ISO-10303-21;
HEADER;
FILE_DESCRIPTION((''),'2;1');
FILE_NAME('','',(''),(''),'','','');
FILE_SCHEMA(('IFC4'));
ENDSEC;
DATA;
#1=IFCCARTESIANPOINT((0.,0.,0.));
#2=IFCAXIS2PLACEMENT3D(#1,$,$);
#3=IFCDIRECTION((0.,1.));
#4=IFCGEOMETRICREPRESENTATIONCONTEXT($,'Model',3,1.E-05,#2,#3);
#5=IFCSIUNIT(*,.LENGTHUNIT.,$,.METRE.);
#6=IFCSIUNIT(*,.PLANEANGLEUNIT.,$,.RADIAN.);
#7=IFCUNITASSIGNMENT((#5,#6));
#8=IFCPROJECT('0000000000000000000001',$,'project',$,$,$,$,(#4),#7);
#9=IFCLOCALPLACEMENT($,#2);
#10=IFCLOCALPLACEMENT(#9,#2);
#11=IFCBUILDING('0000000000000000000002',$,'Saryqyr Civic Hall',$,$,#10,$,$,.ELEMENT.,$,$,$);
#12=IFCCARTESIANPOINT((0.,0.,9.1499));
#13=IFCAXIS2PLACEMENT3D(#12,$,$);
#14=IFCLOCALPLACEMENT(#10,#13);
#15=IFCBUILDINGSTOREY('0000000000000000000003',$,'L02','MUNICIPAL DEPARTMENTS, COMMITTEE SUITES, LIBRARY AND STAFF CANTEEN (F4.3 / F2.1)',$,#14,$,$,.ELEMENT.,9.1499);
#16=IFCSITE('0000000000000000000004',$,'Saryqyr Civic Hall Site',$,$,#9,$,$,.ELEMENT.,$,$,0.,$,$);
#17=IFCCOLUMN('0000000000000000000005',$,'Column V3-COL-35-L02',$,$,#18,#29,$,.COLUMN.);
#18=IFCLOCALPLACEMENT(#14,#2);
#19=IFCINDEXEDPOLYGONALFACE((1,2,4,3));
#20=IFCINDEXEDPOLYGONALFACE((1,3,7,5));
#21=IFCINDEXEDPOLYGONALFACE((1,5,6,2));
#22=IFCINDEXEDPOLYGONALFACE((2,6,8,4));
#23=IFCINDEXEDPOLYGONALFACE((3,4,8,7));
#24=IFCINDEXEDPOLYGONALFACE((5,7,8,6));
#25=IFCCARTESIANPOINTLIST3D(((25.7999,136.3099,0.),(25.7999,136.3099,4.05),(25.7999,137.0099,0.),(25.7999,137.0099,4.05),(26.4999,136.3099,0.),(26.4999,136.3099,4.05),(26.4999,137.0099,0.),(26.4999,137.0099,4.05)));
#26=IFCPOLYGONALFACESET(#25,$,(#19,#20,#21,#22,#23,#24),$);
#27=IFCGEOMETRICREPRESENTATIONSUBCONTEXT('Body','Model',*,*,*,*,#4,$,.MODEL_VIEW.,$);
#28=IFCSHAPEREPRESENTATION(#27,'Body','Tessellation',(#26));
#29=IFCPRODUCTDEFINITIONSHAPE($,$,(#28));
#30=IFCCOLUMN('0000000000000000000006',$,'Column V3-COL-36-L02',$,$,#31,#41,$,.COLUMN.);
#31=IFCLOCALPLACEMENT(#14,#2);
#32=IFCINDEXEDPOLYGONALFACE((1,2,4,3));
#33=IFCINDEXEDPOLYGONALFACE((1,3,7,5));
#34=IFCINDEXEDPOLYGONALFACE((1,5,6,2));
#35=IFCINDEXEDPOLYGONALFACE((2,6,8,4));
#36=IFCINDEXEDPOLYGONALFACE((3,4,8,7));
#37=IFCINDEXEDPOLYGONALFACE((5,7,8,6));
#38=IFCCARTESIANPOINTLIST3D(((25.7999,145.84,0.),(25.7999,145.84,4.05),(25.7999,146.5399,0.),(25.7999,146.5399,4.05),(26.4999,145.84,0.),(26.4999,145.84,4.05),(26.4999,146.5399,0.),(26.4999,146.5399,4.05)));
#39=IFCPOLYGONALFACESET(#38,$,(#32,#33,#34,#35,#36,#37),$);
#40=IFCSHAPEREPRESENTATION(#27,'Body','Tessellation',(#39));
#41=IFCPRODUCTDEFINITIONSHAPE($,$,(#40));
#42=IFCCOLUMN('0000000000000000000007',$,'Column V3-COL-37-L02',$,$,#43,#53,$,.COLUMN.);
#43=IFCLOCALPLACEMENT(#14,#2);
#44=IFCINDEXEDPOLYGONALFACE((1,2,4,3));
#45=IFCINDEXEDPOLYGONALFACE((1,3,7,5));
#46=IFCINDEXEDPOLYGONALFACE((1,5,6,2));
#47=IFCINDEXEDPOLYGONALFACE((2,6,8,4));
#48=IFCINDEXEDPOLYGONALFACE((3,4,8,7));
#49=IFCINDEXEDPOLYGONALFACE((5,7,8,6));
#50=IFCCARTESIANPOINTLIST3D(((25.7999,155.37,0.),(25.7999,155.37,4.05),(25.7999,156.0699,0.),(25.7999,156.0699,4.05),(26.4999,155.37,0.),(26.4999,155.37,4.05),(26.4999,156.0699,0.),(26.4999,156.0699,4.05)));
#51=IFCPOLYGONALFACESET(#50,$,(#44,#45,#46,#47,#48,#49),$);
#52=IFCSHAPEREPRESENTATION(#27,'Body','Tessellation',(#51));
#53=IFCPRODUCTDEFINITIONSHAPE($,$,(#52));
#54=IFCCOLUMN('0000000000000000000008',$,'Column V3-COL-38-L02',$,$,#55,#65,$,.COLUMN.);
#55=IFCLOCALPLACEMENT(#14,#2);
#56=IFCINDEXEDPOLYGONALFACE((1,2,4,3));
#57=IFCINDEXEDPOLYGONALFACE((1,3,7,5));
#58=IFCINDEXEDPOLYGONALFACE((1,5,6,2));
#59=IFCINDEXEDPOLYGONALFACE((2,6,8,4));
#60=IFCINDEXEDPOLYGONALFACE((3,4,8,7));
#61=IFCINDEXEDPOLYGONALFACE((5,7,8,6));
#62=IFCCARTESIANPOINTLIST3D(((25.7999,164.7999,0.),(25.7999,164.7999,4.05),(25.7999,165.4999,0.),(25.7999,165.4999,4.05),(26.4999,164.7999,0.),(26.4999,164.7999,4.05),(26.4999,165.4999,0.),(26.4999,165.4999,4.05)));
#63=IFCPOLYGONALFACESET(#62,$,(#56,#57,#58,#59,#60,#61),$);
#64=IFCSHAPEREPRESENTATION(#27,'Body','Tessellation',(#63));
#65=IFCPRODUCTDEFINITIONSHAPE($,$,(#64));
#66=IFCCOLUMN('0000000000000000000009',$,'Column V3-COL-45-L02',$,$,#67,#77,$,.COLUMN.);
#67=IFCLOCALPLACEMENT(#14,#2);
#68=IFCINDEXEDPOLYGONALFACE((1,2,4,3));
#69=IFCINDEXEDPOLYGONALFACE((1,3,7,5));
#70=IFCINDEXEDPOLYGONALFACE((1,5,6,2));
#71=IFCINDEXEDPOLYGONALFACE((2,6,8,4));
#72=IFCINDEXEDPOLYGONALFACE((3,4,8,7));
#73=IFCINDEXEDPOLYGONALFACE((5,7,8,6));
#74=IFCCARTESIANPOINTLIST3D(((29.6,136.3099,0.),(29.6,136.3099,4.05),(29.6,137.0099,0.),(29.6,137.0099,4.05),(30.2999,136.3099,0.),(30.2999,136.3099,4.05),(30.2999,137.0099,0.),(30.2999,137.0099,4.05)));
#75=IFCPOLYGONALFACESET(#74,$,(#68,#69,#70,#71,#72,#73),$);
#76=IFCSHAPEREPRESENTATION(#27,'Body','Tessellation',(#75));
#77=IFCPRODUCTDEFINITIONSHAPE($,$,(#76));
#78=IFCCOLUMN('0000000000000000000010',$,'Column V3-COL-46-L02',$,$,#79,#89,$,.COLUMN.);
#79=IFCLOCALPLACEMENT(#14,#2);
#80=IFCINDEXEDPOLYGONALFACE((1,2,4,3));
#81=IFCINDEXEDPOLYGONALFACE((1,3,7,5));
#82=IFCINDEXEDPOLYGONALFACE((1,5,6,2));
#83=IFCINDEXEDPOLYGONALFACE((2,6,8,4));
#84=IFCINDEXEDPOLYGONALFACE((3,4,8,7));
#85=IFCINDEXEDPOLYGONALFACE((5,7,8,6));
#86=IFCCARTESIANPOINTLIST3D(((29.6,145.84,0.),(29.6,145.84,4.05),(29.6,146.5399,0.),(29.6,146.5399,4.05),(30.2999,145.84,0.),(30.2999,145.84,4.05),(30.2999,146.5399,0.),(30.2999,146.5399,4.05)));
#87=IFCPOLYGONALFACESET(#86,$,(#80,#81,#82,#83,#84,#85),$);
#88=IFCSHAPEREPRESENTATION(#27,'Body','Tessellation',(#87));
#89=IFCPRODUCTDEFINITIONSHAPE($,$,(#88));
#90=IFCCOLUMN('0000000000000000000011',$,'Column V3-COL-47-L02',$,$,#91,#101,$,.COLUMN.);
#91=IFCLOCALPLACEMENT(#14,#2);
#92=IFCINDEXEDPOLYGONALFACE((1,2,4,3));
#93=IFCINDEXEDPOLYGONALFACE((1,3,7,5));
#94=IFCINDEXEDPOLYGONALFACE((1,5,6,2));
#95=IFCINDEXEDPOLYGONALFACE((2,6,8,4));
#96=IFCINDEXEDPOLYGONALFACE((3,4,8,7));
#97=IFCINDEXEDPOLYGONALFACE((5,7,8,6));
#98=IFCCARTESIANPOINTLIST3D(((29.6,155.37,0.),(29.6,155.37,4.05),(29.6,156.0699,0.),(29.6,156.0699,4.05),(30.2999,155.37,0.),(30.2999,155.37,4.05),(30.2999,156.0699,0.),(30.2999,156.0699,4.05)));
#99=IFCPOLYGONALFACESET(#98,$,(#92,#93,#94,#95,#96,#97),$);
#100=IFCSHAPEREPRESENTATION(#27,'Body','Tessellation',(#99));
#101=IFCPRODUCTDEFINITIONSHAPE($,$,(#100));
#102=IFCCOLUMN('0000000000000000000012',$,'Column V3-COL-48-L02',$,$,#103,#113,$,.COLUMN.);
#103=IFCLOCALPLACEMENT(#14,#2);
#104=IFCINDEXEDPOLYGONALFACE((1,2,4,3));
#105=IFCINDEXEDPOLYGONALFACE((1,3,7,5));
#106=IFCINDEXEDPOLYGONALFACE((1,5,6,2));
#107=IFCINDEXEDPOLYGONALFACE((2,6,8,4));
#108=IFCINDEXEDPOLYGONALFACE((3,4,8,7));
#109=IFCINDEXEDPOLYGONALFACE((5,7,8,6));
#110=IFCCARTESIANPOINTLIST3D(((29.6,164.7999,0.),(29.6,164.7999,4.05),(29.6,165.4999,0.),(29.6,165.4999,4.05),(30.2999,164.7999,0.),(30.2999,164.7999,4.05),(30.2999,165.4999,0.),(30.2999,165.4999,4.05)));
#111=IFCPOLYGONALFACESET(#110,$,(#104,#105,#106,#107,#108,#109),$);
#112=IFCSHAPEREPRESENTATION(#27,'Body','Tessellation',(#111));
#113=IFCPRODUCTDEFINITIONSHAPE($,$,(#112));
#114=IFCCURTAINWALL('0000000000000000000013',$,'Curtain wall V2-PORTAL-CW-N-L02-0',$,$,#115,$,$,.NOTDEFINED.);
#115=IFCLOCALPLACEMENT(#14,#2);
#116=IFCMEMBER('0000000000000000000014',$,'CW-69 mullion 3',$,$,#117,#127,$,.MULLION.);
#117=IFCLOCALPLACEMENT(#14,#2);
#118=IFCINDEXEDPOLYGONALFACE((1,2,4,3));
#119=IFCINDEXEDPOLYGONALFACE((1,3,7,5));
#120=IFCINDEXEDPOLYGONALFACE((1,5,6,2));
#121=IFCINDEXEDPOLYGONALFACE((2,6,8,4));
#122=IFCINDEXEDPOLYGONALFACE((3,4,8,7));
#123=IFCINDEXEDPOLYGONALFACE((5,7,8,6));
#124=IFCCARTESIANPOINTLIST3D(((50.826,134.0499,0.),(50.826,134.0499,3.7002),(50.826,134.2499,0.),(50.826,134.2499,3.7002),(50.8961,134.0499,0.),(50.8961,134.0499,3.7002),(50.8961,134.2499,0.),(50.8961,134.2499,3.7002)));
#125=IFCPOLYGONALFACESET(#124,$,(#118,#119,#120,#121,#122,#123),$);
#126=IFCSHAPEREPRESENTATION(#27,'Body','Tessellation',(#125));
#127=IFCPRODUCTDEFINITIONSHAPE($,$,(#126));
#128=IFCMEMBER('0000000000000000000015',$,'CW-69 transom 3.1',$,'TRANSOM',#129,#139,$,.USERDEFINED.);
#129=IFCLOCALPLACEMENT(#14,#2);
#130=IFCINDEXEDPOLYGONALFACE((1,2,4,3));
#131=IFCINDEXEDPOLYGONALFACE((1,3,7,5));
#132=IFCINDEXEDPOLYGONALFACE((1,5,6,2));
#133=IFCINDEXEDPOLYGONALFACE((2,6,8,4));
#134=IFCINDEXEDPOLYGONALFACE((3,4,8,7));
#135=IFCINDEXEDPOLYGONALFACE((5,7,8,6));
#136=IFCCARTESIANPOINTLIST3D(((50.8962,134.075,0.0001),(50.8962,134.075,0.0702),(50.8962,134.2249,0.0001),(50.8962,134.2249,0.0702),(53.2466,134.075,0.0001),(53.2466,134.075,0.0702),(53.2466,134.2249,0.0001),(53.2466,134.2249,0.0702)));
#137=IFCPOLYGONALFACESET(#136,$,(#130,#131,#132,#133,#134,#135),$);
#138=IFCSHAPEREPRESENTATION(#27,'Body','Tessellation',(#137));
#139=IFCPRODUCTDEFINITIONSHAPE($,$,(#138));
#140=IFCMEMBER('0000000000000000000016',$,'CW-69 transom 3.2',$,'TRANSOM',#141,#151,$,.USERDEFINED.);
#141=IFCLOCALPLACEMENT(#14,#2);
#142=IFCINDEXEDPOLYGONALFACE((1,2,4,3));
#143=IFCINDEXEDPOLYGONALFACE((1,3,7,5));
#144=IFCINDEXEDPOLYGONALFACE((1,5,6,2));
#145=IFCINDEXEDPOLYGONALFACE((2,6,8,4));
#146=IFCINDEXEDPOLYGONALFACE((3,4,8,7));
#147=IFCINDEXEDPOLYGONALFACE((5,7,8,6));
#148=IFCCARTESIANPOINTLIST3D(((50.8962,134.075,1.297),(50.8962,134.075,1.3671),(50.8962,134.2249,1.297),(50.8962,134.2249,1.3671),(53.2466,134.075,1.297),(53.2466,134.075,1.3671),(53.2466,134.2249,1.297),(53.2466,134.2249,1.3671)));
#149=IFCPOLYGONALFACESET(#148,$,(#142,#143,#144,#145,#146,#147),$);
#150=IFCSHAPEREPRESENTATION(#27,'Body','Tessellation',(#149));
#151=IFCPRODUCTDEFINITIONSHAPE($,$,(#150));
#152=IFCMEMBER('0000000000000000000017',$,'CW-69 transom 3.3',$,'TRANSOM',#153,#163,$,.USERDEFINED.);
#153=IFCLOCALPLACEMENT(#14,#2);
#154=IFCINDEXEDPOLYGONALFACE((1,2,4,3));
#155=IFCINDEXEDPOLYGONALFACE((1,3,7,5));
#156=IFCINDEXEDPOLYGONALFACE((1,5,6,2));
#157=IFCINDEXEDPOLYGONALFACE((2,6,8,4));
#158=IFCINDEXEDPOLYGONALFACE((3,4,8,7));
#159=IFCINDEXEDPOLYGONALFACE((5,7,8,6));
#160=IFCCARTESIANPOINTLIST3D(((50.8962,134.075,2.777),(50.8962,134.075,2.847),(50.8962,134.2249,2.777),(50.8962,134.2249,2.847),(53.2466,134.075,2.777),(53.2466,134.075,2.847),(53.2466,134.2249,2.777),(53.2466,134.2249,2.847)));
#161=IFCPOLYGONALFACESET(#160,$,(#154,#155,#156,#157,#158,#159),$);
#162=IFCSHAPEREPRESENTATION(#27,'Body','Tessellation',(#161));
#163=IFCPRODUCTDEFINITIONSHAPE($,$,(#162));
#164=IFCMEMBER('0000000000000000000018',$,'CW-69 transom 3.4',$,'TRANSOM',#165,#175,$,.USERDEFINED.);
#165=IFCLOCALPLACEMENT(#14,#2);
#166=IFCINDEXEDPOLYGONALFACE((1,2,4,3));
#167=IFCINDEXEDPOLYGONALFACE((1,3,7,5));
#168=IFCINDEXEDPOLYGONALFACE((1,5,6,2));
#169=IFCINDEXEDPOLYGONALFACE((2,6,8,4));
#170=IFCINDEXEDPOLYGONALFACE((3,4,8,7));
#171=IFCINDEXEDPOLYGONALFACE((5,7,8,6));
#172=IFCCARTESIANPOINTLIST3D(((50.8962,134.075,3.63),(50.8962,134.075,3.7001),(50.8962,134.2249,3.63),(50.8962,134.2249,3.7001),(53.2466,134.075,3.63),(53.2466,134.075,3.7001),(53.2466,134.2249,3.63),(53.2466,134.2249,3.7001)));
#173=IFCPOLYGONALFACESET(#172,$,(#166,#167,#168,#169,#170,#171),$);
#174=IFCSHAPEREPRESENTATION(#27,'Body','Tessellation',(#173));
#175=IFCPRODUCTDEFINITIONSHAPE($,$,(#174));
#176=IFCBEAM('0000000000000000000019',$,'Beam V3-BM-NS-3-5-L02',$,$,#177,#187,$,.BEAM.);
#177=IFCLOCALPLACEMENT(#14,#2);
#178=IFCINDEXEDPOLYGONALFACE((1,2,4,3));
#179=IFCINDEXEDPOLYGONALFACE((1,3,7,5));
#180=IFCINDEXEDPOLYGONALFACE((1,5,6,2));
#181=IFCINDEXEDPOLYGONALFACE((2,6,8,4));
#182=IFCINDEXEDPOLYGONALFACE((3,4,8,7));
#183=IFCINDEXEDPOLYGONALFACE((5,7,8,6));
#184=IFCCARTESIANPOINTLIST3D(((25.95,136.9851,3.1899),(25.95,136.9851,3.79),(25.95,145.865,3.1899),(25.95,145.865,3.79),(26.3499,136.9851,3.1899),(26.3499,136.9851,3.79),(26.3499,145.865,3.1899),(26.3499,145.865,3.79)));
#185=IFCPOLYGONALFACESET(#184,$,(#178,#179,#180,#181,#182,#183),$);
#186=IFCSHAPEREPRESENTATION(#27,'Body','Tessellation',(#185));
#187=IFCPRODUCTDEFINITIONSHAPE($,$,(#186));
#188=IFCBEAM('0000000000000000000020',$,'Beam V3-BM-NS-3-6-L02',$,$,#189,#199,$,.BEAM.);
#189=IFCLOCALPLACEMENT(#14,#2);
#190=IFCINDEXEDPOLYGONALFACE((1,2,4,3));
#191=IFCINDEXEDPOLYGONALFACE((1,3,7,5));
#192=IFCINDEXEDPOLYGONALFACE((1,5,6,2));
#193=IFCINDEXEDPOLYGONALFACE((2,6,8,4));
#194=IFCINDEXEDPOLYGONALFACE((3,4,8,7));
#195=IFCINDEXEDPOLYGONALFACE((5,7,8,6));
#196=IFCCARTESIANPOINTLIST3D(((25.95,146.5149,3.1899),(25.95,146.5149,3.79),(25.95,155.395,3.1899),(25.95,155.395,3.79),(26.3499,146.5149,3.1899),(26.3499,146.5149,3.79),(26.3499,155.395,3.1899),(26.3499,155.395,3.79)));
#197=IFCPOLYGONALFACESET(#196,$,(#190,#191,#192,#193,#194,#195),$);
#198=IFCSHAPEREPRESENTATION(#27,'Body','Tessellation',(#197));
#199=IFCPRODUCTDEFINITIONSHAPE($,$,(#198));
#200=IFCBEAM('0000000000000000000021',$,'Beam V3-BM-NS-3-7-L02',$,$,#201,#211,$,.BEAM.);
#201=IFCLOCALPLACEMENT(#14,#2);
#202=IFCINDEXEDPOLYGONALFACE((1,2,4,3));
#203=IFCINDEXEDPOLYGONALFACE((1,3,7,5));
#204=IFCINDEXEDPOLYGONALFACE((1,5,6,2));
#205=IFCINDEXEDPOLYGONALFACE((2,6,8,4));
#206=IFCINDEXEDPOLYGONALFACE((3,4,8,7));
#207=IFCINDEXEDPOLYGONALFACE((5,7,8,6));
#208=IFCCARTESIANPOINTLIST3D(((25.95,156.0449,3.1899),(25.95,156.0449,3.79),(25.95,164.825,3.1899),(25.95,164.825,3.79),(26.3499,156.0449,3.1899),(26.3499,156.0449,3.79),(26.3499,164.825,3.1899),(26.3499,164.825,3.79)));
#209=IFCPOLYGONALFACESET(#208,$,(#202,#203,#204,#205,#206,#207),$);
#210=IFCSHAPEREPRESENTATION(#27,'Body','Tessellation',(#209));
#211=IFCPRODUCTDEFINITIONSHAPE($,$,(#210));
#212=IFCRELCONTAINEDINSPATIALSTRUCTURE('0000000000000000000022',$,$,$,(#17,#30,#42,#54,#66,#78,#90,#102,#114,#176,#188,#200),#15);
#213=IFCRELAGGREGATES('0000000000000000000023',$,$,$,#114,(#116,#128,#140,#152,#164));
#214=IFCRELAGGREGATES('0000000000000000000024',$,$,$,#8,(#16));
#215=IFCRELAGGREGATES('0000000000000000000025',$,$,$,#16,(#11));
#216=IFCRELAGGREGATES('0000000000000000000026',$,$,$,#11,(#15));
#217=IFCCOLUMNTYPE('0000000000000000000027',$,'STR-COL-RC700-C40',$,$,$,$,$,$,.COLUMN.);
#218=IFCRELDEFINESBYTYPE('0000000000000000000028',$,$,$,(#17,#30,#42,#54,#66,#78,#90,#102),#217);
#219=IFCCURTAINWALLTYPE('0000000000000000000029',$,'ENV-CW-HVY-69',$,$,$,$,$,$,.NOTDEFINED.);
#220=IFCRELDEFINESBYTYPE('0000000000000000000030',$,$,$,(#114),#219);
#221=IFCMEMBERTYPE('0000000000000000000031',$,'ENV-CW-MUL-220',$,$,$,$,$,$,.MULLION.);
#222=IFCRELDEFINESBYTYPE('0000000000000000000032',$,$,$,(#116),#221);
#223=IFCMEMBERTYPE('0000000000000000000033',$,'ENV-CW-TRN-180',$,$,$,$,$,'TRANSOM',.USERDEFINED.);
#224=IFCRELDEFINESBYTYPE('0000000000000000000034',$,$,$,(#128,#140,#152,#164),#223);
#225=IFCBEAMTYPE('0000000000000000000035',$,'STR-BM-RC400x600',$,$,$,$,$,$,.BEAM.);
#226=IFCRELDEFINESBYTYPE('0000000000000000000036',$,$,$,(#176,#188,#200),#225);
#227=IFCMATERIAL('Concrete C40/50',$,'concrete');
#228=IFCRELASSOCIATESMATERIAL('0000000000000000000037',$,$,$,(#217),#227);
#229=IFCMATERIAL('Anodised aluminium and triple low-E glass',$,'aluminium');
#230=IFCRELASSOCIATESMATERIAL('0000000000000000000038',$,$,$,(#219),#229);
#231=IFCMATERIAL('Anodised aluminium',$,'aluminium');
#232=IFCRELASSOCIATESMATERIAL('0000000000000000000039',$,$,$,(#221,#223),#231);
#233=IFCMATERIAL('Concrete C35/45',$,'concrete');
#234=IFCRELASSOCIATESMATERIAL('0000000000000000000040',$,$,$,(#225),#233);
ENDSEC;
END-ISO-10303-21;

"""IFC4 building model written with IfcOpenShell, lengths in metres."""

from ifc_helpers import new_model, si_unit, direction, frame, origin, origin_2d, place, context, subcontext, project, spatial, rectangle, extrude, material, material_profile, profile_set, type_object, element, aggregate, save


model = new_model("IFC4")

# Units and contexts
model_context = context("Model", 3, precision=1e-05, world=origin(), true_north=direction((0.0, 1.0)))
body_context = subcontext(model_context, "Body", "Model", "MODEL_VIEW")
ifc_project = project(units=[si_unit("LENGTHUNIT", "METRE"), si_unit("PLANEANGLEUNIT", "RADIAN")], contexts=[model_context])

# Site, building, storey
site_placement = place(None, origin())
site = spatial("IfcSite", under=ifc_project, at=site_placement, Name="Saryqyr Civic Hall Site", CompositionType="ELEMENT", RefElevation=0.0)
building_placement = place(site_placement, origin())
building = spatial("IfcBuilding", under=site, at=building_placement, Name="Saryqyr Civic Hall", CompositionType="ELEMENT")
storey_placement = place(building_placement, frame((0.0, 0.0, 9.1499)))
storey = spatial("IfcBuildingStorey", under=building, at=storey_placement, Name="L02", Description="MUNICIPAL DEPARTMENTS, COMMITTEE SUITES, LIBRARY AND STAFF CANTEEN (F4.3 / F2.1)", CompositionType="ELEMENT", Elevation=9.1499)

# Columns
ifc_material_1 = material(Name="Concrete C40/50", Category="concrete")
ifc_material_profile_1 = material_profile(ifc_material_1, rectangle(XDim=0.7, YDim=0.7, at=origin_2d()), Name="RC 700x700")
ifc_profile_set_1 = profile_set([ifc_material_profile_1], Name="Concrete C40/50")
column_type = type_object("IfcColumnType", Name="STR-COL-RC700-C40", PredefinedType="COLUMN", material=ifc_profile_set_1)
for number, where, z_axis, x_axis, name in (
    (1, (26.1499, 136.6599, 0.0), (0.0, 0.0, 1.0), (1.0, 0.0, 0.0), "Column V3-COL-35-L02"),
    (2, (26.1499, 146.1899, 0.0), (0.0, 0.0, 1.0), (1.0, 0.0, 0.0), "Column V3-COL-36-L02"),
    (3, (26.1499, 155.72, 0.0), (0.0, 0.0, 1.0), (1.0, 0.0, 0.0), "Column V3-COL-37-L02"),
    (4, (26.1499, 165.1499, 0.0), (0.0, 0.0, 1.0), (1.0, 0.0, 0.0), "Column V3-COL-38-L02"),
    (5, (29.95, 136.6599, 0.0), (0.0, 0.0, 1.0), (1.0, 0.0, 0.0), "Column V3-COL-45-L02"),
    (6, (29.95, 146.1899, 0.0), (0.0, 0.0, 1.0), (1.0, 0.0, 0.0), "Column V3-COL-46-L02"),
    (7, (29.95, 155.72, 0.0), (0.0, 0.0, 1.0), (1.0, 0.0, 0.0), "Column V3-COL-47-L02"),
    (8, (29.95, 165.1499, 0.0), (0.0, 0.0, 1.0), (1.0, 0.0, 0.0), "Column V3-COL-48-L02"),
):
    element("IfcColumn", number, at=place(storey_placement, frame(where, z_axis=z_axis, x_axis=x_axis)), inside=storey, type_object=column_type, Name=name, PredefinedType="COLUMN", context=body_context, shape_type="SweptSolid", body=[
        extrude(rectangle(XDim=0.7, YDim=0.7, at=origin_2d()), origin(), (0.0, 0.0, 1.0), 4.05),
    ])

# Curtain wall, members
ifc_material_2 = material(Name="Anodised aluminium and triple low-E glass", Category="aluminium")
curtain_wall_type = type_object("IfcCurtainWallType", Name="ENV-CW-HVY-69", PredefinedType="NOTDEFINED", material=ifc_material_2)
curtain_wall_placement = place(storey_placement, origin())
curtain_wall = element("IfcCurtainWall", 9, at=curtain_wall_placement, inside=storey, type_object=curtain_wall_type, Name="Curtain wall V2-PORTAL-CW-N-L02-0", PredefinedType="NOTDEFINED")
ifc_material_3 = material(Name="Anodised aluminium", Category="aluminium")
ifc_material_profile_2 = material_profile(ifc_material_3, rectangle(XDim=0.0701, YDim=0.2, at=origin_2d()), Name="ALU MULLION 70x200")
ifc_profile_set_2 = profile_set([ifc_material_profile_2], Name="Anodised aluminium")
member_type_1 = type_object("IfcMemberType", Name="ENV-CW-MUL-220", PredefinedType="MULLION", material=ifc_profile_set_2)
member_1_placement = place(storey_placement, frame((50.8611, 134.1499, 0.0), z_axis=(0.0, 0.0, 1.0), x_axis=(1.0, 0.0, 0.0)))
member_1 = element("IfcMember", 10, at=member_1_placement, type_object=member_type_1, Name="CW-69 mullion 3", PredefinedType="MULLION", context=body_context, shape_type="SweptSolid", body=[
    extrude(rectangle(XDim=0.0701, YDim=0.2, at=origin_2d()), origin(), (0.0, 0.0, 1.0), 3.7002),
])
ifc_material_profile_3 = material_profile(ifc_material_3, rectangle(XDim=0.1499, YDim=0.0701, at=origin_2d()), Name="ALU TRANSOM 150x70")
ifc_profile_set_3 = profile_set([ifc_material_profile_3], Name="Anodised aluminium")
member_type_2 = type_object("IfcMemberType", Name="ENV-CW-TRN-180", ElementType="TRANSOM", PredefinedType="USERDEFINED", material=ifc_profile_set_3)
member_2_placement = place(storey_placement, frame((50.8962, 134.1499, 0.0352), z_axis=(1.0, 0.0, 0.0), x_axis=(0.0, 1.0, 0.0)))
member_2 = element("IfcMember", 11, at=member_2_placement, type_object=member_type_2, Name="CW-69 transom 3.1", ObjectType="TRANSOM", PredefinedType="USERDEFINED", context=body_context, shape_type="SweptSolid", body=[
    extrude(rectangle(XDim=0.1499, YDim=0.0701, at=origin_2d()), origin(), (0.0, 0.0, 1.0), 2.3503),
])
member_3_placement = place(storey_placement, frame((50.8962, 134.1499, 1.332), z_axis=(1.0, 0.0, 0.0), x_axis=(0.0, 1.0, 0.0)))
member_3 = element("IfcMember", 12, at=member_3_placement, type_object=member_type_2, Name="CW-69 transom 3.2", ObjectType="TRANSOM", PredefinedType="USERDEFINED", context=body_context, shape_type="SweptSolid", body=[
    extrude(rectangle(XDim=0.1499, YDim=0.0701, at=origin_2d()), origin(), (0.0, 0.0, 1.0), 2.3503),
])
member_4_placement = place(storey_placement, frame((50.8962, 134.1499, 2.812), z_axis=(1.0, 0.0, 0.0), x_axis=(0.0, 1.0, 0.0)))
member_4 = element("IfcMember", 13, at=member_4_placement, type_object=member_type_2, Name="CW-69 transom 3.3", ObjectType="TRANSOM", PredefinedType="USERDEFINED", context=body_context, shape_type="SweptSolid", body=[
    extrude(rectangle(XDim=0.1499, YDim=0.0701, at=origin_2d()), origin(), (0.0, 0.0, 1.0), 2.3503),
])
member_5_placement = place(storey_placement, frame((50.8962, 134.1499, 3.665), z_axis=(1.0, 0.0, 0.0), x_axis=(0.0, 1.0, 0.0)))
member_5 = element("IfcMember", 14, at=member_5_placement, type_object=member_type_2, Name="CW-69 transom 3.4", ObjectType="TRANSOM", PredefinedType="USERDEFINED", context=body_context, shape_type="SweptSolid", body=[
    extrude(rectangle(XDim=0.1499, YDim=0.0701, at=origin_2d()), origin(), (0.0, 0.0, 1.0), 2.3503),
])

# Beams
ifc_material_4 = material(Name="Concrete C35/45", Category="concrete")
ifc_material_profile_4 = material_profile(ifc_material_4, rectangle(XDim=0.3999, YDim=0.6001, at=origin_2d()), Name="RC 400x600")
ifc_profile_set_4 = profile_set([ifc_material_profile_4], Name="Concrete C35/45")
beam_type_1 = type_object("IfcBeamType", Name="STR-BM-RC400x600", PredefinedType="BEAM", material=ifc_profile_set_4)
beam_1_placement = place(storey_placement, frame((26.1499, 136.9851, 3.49), z_axis=(0.0, 1.0, 0.0), x_axis=(-1.0, 0.0, 0.0)))
element("IfcBeam", 15, at=beam_1_placement, inside=storey, type_object=beam_type_1, Name="Beam V3-BM-NS-3-5-L02", PredefinedType="BEAM", context=body_context, shape_type="SweptSolid", body=[
    extrude(rectangle(XDim=0.3999, YDim=0.6001, at=origin_2d()), origin(), (0.0, 0.0, 1.0), 8.8799),
])
beam_2_placement = place(storey_placement, frame((26.1499, 146.5149, 3.49), z_axis=(0.0, 1.0, 0.0), x_axis=(-1.0, 0.0, 0.0)))
element("IfcBeam", 16, at=beam_2_placement, inside=storey, type_object=beam_type_1, Name="Beam V3-BM-NS-3-6-L02", PredefinedType="BEAM", context=body_context, shape_type="SweptSolid", body=[
    extrude(rectangle(XDim=0.3999, YDim=0.6001, at=origin_2d()), origin(), (0.0, 0.0, 1.0), 8.8801),
])
beam_3_placement = place(storey_placement, frame((26.1499, 156.0449, 3.49), z_axis=(0.0, 1.0, 0.0), x_axis=(-1.0, 0.0, 0.0)))
element("IfcBeam", 17, at=beam_3_placement, inside=storey, type_object=beam_type_1, Name="Beam V3-BM-NS-3-7-L02", PredefinedType="BEAM", context=body_context, shape_type="SweptSolid", body=[
    extrude(rectangle(XDim=0.3999, YDim=0.6001, at=origin_2d()), origin(), (0.0, 0.0, 1.0), 8.78),
])

aggregate(curtain_wall, [member_1, member_2, member_3, member_4, member_5])

save(model, "model.ifc")
